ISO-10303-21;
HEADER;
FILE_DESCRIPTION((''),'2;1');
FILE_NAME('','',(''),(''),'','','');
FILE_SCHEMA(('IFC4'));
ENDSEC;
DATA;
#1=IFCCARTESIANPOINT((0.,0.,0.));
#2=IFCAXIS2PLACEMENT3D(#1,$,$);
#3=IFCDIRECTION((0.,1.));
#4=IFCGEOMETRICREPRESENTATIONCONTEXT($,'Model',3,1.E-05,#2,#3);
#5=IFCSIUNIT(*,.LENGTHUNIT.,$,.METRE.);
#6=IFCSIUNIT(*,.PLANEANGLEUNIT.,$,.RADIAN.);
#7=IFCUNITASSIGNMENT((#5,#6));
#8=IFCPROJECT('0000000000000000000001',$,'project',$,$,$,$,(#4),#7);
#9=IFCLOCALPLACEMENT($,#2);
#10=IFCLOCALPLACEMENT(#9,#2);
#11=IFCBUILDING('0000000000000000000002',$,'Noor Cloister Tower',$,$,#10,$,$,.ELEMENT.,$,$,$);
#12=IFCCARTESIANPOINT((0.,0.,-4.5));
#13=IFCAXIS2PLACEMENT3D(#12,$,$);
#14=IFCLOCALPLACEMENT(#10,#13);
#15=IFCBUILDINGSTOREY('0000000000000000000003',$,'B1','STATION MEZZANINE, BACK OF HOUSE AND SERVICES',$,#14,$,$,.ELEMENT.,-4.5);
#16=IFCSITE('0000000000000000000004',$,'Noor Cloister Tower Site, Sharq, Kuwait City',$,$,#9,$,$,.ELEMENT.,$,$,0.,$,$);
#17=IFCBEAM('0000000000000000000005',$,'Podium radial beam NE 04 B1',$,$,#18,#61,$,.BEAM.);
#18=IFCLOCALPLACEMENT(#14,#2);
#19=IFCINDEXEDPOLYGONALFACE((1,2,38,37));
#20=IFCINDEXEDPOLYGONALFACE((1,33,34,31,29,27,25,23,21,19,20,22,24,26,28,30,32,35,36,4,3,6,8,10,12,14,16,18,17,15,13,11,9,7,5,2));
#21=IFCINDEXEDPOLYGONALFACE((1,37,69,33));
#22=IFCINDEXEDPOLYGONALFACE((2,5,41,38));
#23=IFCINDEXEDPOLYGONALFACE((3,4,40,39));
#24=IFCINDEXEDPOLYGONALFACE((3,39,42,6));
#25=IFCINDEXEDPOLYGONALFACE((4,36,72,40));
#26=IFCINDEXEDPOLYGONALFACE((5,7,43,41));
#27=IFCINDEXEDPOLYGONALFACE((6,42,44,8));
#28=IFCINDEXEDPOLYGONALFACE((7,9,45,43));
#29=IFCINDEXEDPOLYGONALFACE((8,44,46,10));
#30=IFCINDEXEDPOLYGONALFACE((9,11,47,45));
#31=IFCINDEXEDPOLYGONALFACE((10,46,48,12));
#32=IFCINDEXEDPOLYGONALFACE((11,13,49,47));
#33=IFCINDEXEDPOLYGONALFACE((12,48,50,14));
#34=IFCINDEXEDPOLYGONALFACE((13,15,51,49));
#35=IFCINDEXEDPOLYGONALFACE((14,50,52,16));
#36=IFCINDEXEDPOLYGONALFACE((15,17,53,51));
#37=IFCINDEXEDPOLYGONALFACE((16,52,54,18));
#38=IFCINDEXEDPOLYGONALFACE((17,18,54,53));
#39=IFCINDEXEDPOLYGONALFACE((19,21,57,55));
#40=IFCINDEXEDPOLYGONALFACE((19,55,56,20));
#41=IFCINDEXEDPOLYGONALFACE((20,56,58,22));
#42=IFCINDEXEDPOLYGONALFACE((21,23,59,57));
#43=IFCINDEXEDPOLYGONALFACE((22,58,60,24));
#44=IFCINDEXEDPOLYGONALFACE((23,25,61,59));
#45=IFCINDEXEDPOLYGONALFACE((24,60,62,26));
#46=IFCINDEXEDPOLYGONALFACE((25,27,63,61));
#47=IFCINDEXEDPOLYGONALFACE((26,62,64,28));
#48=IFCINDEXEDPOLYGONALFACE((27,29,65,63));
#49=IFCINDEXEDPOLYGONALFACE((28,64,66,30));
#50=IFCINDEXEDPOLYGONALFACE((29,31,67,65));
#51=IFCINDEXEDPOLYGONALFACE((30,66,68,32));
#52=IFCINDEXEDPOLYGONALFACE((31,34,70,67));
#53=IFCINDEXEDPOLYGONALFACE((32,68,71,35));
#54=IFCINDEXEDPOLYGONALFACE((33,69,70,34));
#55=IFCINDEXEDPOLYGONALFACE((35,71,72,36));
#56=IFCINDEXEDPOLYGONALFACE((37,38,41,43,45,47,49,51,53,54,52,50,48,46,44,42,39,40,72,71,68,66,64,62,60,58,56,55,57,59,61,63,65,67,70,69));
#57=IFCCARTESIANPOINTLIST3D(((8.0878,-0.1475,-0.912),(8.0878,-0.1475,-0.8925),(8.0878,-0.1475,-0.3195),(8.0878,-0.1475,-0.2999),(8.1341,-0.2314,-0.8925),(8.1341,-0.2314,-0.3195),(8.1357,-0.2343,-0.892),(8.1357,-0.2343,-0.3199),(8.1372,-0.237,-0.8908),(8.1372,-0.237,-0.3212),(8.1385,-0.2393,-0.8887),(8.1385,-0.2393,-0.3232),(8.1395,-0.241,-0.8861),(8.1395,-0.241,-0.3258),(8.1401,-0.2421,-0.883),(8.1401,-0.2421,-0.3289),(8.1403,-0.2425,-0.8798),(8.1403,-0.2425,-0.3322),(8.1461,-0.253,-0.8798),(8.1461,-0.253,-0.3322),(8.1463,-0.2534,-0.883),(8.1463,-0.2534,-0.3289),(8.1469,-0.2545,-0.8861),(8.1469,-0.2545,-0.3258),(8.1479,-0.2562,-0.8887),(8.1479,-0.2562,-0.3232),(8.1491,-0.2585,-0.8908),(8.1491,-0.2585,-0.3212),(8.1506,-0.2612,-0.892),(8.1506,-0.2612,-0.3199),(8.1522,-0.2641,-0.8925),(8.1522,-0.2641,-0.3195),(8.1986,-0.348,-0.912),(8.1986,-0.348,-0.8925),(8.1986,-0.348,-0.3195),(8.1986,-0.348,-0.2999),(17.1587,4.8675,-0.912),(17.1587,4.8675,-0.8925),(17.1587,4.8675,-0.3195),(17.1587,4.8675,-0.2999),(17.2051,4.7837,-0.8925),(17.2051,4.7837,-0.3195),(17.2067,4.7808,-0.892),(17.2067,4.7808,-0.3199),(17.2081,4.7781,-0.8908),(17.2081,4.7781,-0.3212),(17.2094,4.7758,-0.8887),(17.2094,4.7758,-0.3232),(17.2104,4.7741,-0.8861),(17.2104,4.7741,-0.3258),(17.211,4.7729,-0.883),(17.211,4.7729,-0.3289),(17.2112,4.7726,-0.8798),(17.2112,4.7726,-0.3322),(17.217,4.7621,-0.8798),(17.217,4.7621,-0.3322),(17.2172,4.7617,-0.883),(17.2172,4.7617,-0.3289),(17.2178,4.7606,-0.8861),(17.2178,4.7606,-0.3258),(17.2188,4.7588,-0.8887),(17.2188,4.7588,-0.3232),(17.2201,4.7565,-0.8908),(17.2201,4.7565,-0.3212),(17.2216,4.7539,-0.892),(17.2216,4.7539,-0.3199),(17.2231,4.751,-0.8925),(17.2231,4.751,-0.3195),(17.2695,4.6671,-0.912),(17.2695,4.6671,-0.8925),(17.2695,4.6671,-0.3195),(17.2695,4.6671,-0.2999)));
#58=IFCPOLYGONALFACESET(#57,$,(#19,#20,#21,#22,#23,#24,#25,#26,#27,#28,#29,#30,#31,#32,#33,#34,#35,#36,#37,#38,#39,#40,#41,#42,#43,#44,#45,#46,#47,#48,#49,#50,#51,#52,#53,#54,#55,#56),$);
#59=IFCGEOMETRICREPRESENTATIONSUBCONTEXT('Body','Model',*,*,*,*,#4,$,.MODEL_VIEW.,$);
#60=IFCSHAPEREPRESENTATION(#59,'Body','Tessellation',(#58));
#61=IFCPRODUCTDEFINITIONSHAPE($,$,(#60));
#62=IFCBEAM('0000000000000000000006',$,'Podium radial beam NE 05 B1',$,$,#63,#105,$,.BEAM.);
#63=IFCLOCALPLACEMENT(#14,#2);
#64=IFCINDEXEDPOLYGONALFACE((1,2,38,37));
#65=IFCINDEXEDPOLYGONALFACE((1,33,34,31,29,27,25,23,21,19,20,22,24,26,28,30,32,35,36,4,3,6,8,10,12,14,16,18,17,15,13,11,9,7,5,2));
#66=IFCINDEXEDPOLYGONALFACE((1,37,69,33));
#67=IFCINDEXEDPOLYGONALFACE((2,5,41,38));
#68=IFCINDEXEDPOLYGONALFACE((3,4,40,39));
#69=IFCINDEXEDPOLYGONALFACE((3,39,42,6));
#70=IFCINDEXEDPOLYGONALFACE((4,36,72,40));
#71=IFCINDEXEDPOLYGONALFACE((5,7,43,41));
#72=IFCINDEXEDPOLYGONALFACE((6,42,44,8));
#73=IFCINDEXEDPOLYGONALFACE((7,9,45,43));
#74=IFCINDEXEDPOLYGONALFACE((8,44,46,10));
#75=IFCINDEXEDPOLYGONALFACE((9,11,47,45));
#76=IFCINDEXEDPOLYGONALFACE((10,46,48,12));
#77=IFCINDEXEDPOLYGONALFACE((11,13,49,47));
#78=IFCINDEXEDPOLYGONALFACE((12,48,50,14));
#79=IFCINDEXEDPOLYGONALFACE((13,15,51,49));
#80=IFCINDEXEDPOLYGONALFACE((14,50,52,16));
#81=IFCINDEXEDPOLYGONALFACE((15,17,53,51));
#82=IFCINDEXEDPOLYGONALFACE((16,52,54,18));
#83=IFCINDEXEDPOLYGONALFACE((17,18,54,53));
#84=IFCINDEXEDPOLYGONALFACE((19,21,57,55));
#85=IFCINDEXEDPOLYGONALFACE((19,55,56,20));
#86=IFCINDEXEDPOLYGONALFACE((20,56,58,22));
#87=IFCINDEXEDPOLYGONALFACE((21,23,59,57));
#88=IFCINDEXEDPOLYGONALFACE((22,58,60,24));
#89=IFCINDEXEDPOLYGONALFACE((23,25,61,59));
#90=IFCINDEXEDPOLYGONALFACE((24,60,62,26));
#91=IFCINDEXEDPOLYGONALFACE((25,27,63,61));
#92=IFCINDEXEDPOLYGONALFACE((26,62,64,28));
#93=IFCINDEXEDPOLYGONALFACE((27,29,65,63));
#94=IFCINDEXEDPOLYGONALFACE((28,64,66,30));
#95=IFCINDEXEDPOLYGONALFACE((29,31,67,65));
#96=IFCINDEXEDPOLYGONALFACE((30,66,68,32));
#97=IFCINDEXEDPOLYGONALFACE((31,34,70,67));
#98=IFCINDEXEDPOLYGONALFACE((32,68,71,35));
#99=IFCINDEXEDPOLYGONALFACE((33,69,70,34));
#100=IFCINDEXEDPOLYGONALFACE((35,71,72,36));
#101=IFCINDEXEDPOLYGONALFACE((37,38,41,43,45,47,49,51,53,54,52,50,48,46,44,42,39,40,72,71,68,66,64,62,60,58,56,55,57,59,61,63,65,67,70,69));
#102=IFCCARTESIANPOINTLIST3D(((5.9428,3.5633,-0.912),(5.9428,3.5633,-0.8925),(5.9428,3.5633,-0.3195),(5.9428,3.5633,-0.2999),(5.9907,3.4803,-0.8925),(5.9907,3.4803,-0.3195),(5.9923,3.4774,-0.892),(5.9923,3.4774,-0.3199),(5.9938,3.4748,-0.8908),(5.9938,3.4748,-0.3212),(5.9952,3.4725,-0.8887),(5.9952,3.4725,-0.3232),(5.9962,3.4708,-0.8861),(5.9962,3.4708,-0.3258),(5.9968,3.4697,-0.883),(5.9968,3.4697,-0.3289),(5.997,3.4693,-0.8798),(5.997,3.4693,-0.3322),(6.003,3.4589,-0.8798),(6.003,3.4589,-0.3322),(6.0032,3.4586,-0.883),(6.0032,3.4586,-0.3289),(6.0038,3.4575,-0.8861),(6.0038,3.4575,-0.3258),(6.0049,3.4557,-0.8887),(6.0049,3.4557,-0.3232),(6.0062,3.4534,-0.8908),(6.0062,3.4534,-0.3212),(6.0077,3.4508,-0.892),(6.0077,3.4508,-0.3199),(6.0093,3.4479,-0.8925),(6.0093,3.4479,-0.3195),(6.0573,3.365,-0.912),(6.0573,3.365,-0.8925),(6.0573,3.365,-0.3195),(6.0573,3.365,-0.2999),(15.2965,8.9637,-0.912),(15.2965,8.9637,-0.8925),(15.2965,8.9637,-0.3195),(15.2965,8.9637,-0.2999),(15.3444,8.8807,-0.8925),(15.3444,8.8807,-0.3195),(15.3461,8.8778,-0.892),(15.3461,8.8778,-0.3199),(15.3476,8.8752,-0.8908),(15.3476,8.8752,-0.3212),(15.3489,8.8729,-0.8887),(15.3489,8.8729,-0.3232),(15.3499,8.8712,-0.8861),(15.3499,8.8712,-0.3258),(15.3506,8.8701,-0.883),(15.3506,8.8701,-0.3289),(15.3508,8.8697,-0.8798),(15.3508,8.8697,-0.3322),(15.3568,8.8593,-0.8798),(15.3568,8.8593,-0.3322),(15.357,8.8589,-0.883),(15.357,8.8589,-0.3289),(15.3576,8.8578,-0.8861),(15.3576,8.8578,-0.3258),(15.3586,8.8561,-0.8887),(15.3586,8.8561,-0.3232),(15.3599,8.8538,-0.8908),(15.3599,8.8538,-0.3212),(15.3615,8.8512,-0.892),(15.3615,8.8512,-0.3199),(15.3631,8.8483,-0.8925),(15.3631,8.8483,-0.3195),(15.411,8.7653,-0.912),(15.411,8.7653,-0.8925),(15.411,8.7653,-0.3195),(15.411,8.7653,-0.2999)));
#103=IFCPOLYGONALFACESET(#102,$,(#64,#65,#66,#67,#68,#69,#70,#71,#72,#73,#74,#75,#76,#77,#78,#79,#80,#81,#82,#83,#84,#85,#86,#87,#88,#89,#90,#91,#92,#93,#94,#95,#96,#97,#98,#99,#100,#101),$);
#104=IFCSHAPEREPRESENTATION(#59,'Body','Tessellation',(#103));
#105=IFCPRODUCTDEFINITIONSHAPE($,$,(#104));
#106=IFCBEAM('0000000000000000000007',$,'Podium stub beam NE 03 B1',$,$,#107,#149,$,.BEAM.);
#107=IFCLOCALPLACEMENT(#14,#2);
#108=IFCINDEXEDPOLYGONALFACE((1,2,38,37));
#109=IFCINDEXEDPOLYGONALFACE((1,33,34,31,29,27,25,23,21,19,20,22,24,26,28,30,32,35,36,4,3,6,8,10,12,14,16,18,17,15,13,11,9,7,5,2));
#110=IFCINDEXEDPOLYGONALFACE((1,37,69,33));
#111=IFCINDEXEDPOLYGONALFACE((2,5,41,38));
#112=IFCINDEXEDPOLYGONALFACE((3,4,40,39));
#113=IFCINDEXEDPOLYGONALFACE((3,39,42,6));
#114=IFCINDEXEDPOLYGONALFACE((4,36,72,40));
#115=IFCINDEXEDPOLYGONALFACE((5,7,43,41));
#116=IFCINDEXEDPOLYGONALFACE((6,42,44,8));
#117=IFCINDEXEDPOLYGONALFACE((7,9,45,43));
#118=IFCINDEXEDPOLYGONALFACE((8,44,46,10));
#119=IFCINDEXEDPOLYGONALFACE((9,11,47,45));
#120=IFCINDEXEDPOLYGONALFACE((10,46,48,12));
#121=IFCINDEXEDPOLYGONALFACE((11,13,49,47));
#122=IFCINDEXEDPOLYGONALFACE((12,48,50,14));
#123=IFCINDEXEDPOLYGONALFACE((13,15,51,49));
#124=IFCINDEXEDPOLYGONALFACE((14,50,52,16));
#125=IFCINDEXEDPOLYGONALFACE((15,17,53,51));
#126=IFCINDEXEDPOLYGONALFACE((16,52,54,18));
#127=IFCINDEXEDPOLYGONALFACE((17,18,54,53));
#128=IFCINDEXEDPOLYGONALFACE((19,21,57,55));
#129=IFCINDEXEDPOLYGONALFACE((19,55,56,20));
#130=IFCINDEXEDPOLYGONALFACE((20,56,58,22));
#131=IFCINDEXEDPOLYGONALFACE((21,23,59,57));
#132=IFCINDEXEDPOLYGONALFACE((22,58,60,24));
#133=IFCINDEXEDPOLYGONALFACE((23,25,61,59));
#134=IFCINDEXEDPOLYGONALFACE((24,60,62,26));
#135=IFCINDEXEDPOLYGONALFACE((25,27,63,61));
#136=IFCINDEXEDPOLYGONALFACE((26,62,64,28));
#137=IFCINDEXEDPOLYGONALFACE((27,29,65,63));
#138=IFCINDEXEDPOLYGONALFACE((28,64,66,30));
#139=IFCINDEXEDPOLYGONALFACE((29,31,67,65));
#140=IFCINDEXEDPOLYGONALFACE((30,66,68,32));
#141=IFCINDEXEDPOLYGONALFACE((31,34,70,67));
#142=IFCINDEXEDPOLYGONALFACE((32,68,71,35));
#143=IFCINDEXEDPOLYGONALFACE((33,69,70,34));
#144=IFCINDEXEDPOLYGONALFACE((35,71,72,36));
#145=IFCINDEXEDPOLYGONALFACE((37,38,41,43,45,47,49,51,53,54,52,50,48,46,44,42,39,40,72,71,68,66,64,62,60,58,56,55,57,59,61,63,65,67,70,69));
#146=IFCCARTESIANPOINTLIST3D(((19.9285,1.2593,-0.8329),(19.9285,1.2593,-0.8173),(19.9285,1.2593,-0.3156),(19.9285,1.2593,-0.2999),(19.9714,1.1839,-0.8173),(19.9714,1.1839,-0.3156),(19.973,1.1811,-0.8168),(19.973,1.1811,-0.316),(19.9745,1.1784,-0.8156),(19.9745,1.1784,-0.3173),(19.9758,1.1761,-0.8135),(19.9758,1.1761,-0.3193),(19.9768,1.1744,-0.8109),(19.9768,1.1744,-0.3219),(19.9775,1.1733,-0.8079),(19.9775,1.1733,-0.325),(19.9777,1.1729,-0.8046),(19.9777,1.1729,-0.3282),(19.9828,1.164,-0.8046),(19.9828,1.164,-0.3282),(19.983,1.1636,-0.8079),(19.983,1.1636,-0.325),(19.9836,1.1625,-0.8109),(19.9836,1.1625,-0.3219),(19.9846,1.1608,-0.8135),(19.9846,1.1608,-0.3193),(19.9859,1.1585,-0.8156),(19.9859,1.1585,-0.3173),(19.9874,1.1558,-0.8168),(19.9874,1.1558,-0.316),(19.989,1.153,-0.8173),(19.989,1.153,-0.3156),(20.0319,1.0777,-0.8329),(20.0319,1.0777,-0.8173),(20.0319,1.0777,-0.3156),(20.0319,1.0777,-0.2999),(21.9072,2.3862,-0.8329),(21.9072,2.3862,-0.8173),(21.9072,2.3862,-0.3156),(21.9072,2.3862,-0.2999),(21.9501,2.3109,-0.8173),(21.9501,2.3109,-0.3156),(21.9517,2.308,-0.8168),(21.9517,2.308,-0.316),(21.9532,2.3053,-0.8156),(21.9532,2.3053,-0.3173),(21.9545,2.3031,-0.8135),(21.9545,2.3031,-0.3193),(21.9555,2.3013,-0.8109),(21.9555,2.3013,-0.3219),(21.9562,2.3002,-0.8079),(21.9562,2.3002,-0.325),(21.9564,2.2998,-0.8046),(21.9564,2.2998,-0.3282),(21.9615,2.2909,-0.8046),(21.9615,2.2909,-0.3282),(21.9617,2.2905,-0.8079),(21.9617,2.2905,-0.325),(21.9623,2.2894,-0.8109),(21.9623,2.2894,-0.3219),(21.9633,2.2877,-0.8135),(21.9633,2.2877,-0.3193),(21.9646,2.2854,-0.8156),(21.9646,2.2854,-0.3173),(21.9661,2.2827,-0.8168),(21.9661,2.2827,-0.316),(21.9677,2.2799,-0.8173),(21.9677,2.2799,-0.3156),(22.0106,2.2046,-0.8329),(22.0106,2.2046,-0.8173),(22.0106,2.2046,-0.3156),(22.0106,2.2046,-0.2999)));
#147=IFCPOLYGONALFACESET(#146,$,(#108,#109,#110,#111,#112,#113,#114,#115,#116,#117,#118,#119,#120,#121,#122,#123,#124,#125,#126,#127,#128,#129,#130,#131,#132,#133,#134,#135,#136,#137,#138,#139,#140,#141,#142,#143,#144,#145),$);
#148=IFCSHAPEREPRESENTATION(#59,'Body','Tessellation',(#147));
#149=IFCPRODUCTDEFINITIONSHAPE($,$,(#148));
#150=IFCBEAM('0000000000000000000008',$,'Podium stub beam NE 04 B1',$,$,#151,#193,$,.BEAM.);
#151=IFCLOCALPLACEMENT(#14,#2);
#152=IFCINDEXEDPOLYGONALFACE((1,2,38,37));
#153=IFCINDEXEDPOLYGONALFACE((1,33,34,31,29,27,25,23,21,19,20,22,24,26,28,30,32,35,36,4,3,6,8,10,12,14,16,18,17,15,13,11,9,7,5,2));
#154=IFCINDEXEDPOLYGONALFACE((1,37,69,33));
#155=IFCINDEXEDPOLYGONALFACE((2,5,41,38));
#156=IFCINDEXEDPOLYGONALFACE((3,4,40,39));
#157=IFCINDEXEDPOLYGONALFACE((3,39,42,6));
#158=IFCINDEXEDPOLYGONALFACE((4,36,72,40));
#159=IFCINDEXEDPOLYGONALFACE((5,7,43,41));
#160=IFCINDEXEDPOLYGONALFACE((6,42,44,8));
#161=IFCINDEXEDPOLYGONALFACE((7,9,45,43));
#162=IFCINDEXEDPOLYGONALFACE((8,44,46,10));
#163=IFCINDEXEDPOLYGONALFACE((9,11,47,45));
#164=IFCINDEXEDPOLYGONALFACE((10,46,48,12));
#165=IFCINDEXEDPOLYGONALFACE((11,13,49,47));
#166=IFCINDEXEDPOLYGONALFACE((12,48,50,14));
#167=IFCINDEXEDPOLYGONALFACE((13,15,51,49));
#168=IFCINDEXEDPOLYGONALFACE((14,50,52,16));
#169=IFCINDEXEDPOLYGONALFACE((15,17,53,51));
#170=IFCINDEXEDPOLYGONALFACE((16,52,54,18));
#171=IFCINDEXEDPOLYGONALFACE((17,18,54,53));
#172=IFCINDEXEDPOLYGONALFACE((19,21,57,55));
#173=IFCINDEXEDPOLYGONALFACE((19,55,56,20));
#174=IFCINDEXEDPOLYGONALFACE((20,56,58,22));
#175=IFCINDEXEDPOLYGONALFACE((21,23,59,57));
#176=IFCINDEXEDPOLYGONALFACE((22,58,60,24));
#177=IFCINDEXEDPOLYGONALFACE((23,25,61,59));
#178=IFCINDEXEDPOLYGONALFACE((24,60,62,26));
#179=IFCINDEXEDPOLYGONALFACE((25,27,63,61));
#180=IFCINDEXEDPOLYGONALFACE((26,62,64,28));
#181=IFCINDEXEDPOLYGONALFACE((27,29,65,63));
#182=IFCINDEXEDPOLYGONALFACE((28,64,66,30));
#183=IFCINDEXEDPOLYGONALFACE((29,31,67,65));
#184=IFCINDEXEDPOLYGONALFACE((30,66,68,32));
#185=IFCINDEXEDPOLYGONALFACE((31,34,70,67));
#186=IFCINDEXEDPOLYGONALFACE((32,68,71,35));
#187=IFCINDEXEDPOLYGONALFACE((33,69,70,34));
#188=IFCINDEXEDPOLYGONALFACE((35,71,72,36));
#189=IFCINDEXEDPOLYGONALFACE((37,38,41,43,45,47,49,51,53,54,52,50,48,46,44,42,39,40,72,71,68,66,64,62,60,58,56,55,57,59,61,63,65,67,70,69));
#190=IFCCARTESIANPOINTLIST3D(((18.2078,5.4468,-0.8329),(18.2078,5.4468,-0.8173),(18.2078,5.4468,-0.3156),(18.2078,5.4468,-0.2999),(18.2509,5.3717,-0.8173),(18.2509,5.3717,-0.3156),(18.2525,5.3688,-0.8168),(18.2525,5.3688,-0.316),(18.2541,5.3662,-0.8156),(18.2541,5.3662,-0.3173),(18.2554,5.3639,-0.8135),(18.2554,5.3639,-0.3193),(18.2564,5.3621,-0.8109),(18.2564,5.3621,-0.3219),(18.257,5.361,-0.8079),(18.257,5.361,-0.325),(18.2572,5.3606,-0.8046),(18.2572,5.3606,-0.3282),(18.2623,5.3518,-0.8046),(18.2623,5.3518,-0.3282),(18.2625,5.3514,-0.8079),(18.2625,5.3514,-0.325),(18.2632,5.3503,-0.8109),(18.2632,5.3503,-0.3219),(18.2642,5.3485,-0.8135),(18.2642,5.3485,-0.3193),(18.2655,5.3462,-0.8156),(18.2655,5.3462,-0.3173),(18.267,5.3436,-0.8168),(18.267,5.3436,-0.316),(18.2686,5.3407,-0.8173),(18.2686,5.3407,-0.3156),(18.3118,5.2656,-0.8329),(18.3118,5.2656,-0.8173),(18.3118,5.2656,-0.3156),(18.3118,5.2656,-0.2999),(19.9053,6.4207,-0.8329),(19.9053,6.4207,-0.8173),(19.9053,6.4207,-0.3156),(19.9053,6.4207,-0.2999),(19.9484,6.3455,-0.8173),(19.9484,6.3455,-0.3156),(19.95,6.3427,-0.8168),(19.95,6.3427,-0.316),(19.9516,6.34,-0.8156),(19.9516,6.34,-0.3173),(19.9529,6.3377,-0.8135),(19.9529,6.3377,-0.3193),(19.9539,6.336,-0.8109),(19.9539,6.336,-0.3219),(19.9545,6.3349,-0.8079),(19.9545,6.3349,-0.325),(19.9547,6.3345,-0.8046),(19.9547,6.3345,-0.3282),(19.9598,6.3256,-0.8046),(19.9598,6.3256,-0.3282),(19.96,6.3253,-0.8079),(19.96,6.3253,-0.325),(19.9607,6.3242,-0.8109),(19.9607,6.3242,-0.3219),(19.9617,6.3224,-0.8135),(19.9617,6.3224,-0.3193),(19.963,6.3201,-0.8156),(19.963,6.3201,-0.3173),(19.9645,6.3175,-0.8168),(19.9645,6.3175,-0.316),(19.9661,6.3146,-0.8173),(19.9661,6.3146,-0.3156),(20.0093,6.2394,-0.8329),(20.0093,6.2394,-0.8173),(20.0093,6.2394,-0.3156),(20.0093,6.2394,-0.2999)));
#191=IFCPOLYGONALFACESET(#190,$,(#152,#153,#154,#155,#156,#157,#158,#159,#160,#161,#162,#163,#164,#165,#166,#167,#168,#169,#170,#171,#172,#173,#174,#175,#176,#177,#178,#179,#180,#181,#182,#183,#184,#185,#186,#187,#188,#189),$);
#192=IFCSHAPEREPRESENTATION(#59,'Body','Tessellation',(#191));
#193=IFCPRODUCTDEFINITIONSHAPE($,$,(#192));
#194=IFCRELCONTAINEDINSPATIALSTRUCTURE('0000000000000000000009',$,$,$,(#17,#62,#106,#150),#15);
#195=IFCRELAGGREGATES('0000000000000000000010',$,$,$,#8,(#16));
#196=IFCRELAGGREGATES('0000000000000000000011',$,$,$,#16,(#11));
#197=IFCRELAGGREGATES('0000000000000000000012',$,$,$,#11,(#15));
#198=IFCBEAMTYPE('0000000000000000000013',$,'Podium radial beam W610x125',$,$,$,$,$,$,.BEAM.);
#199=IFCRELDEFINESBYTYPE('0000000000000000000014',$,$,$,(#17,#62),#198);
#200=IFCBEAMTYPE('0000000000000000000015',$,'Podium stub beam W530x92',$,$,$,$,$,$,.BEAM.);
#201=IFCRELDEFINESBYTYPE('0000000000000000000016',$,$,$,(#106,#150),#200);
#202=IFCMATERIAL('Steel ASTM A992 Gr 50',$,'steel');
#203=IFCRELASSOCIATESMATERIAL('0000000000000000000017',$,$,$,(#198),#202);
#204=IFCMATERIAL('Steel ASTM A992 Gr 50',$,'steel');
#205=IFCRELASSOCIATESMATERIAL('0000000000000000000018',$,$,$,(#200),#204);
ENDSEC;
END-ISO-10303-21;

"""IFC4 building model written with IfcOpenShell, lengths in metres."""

from ifc_helpers import new_model, si_unit, direction, frame, origin, origin_2d, place, context, subcontext, project, spatial, i_section, extrude, material, material_profile, profile_set, type_object, element, save


model = new_model("IFC4")

# Units and contexts
model_context = context("Model", 3, precision=1e-05, world=origin(), true_north=direction((0.0, 1.0)))
body_context = subcontext(model_context, "Body", "Model", "MODEL_VIEW")
ifc_project = project(units=[si_unit("LENGTHUNIT", "METRE"), si_unit("PLANEANGLEUNIT", "RADIAN")], contexts=[model_context])

# Site, building, storey
site_placement = place(None, origin())
site = spatial("IfcSite", under=ifc_project, at=site_placement, Name="Noor Cloister Tower Site, Sharq, Kuwait City", CompositionType="ELEMENT", RefElevation=0.0)
building_placement = place(site_placement, origin())
building = spatial("IfcBuilding", under=site, at=building_placement, Name="Noor Cloister Tower", CompositionType="ELEMENT")
storey_placement = place(building_placement, frame((0.0, 0.0, -4.5)))
storey = spatial("IfcBuildingStorey", under=building, at=storey_placement, Name="B1", Description="STATION MEZZANINE, BACK OF HOUSE AND SERVICES", CompositionType="ELEMENT", Elevation=-4.5)

# Beams
ifc_material_1 = material(Name="Steel ASTM A992 Gr 50", Category="steel")
ifc_material_profile_1 = material_profile(ifc_material_1, i_section(OverallWidth=0.229, OverallDepth=0.6121, WebThickness=0.012, FlangeThickness=0.0195, FilletRadius=0.0127, at=origin_2d()), Name="W610x125")
ifc_profile_set_1 = profile_set([ifc_material_profile_1], Name="Steel ASTM A992 Gr 50")
beam_type_1 = type_object("IfcBeamType", Name="Podium radial beam W610x125", PredefinedType="BEAM", material=ifc_profile_set_1)
beam_1_placement = place(storey_placement, frame((17.2141, 4.7673, -0.606), z_axis=(-0.875152, -0.483848, 0.0), x_axis=(0.483848, -0.875152, 0.0)))
element("IfcBeam", 1, at=beam_1_placement, inside=storey, type_object=beam_type_1, Name="Podium radial beam NE 04 B1", PredefinedType="BEAM", context=body_context, shape_type="SweptSolid", body=[
    extrude(i_section(OverallWidth=0.229, OverallDepth=0.6121, WebThickness=0.012, FlangeThickness=0.0195, FilletRadius=0.0127, at=origin_2d()), origin(), (0.0, 0.0, 1.0), 10.365),
])
beam_2_placement = place(storey_placement, frame((15.3538, 8.8645, -0.606), z_axis=(-0.866026, -0.5, 0.0), x_axis=(0.5, -0.866026, 0.0)))
element("IfcBeam", 2, at=beam_2_placement, inside=storey, type_object=beam_type_1, Name="Podium radial beam NE 05 B1", PredefinedType="BEAM", context=body_context, shape_type="SweptSolid", body=[
    extrude(i_section(OverallWidth=0.229, OverallDepth=0.6121, WebThickness=0.012, FlangeThickness=0.0195, FilletRadius=0.0127, at=origin_2d()), origin(), (0.0, 0.0, 1.0), 10.8008),
])
ifc_material_2 = material(Name="Steel ASTM A992 Gr 50", Category="steel")
ifc_material_profile_2 = material_profile(ifc_material_2, i_section(OverallWidth=0.209, OverallDepth=0.533, WebThickness=0.0103, FlangeThickness=0.0156, FilletRadius=0.0127, at=origin_2d()), Name="W530x92")
ifc_profile_set_2 = profile_set([ifc_material_profile_2], Name="Steel ASTM A992 Gr 50")
beam_type_2 = type_object("IfcBeamType", Name="Podium stub beam W530x92", PredefinedType="BEAM", material=ifc_profile_set_2)
beam_3_placement = place(storey_placement, frame((19.9802, 1.1685, -0.5664), z_axis=(0.868955, 0.494891, 0.0), x_axis=(-0.494891, 0.868955, 0.0)))
element("IfcBeam", 3, at=beam_3_placement, inside=storey, type_object=beam_type_2, Name="Podium stub beam NE 03 B1", PredefinedType="BEAM", context=body_context, shape_type="SweptSolid", body=[
    extrude(i_section(OverallWidth=0.209, OverallDepth=0.533, WebThickness=0.0103, FlangeThickness=0.0156, FilletRadius=0.0127, at=origin_2d()), origin(), (0.0, 0.0, 1.0), 2.2771),
])
beam_4_placement = place(storey_placement, frame((18.2598, 5.3562, -0.5664), z_axis=(0.86739, 0.497629, 0.0), x_axis=(-0.497629, 0.86739, 0.0)))
element("IfcBeam", 4, at=beam_4_placement, inside=storey, type_object=beam_type_2, Name="Podium stub beam NE 04 B1", PredefinedType="BEAM", context=body_context, shape_type="SweptSolid", body=[
    extrude(i_section(OverallWidth=0.209, OverallDepth=0.533, WebThickness=0.0103, FlangeThickness=0.0156, FilletRadius=0.0127, at=origin_2d()), origin(), (0.0, 0.0, 1.0), 1.957),
])

save(model, "model.ifc")
